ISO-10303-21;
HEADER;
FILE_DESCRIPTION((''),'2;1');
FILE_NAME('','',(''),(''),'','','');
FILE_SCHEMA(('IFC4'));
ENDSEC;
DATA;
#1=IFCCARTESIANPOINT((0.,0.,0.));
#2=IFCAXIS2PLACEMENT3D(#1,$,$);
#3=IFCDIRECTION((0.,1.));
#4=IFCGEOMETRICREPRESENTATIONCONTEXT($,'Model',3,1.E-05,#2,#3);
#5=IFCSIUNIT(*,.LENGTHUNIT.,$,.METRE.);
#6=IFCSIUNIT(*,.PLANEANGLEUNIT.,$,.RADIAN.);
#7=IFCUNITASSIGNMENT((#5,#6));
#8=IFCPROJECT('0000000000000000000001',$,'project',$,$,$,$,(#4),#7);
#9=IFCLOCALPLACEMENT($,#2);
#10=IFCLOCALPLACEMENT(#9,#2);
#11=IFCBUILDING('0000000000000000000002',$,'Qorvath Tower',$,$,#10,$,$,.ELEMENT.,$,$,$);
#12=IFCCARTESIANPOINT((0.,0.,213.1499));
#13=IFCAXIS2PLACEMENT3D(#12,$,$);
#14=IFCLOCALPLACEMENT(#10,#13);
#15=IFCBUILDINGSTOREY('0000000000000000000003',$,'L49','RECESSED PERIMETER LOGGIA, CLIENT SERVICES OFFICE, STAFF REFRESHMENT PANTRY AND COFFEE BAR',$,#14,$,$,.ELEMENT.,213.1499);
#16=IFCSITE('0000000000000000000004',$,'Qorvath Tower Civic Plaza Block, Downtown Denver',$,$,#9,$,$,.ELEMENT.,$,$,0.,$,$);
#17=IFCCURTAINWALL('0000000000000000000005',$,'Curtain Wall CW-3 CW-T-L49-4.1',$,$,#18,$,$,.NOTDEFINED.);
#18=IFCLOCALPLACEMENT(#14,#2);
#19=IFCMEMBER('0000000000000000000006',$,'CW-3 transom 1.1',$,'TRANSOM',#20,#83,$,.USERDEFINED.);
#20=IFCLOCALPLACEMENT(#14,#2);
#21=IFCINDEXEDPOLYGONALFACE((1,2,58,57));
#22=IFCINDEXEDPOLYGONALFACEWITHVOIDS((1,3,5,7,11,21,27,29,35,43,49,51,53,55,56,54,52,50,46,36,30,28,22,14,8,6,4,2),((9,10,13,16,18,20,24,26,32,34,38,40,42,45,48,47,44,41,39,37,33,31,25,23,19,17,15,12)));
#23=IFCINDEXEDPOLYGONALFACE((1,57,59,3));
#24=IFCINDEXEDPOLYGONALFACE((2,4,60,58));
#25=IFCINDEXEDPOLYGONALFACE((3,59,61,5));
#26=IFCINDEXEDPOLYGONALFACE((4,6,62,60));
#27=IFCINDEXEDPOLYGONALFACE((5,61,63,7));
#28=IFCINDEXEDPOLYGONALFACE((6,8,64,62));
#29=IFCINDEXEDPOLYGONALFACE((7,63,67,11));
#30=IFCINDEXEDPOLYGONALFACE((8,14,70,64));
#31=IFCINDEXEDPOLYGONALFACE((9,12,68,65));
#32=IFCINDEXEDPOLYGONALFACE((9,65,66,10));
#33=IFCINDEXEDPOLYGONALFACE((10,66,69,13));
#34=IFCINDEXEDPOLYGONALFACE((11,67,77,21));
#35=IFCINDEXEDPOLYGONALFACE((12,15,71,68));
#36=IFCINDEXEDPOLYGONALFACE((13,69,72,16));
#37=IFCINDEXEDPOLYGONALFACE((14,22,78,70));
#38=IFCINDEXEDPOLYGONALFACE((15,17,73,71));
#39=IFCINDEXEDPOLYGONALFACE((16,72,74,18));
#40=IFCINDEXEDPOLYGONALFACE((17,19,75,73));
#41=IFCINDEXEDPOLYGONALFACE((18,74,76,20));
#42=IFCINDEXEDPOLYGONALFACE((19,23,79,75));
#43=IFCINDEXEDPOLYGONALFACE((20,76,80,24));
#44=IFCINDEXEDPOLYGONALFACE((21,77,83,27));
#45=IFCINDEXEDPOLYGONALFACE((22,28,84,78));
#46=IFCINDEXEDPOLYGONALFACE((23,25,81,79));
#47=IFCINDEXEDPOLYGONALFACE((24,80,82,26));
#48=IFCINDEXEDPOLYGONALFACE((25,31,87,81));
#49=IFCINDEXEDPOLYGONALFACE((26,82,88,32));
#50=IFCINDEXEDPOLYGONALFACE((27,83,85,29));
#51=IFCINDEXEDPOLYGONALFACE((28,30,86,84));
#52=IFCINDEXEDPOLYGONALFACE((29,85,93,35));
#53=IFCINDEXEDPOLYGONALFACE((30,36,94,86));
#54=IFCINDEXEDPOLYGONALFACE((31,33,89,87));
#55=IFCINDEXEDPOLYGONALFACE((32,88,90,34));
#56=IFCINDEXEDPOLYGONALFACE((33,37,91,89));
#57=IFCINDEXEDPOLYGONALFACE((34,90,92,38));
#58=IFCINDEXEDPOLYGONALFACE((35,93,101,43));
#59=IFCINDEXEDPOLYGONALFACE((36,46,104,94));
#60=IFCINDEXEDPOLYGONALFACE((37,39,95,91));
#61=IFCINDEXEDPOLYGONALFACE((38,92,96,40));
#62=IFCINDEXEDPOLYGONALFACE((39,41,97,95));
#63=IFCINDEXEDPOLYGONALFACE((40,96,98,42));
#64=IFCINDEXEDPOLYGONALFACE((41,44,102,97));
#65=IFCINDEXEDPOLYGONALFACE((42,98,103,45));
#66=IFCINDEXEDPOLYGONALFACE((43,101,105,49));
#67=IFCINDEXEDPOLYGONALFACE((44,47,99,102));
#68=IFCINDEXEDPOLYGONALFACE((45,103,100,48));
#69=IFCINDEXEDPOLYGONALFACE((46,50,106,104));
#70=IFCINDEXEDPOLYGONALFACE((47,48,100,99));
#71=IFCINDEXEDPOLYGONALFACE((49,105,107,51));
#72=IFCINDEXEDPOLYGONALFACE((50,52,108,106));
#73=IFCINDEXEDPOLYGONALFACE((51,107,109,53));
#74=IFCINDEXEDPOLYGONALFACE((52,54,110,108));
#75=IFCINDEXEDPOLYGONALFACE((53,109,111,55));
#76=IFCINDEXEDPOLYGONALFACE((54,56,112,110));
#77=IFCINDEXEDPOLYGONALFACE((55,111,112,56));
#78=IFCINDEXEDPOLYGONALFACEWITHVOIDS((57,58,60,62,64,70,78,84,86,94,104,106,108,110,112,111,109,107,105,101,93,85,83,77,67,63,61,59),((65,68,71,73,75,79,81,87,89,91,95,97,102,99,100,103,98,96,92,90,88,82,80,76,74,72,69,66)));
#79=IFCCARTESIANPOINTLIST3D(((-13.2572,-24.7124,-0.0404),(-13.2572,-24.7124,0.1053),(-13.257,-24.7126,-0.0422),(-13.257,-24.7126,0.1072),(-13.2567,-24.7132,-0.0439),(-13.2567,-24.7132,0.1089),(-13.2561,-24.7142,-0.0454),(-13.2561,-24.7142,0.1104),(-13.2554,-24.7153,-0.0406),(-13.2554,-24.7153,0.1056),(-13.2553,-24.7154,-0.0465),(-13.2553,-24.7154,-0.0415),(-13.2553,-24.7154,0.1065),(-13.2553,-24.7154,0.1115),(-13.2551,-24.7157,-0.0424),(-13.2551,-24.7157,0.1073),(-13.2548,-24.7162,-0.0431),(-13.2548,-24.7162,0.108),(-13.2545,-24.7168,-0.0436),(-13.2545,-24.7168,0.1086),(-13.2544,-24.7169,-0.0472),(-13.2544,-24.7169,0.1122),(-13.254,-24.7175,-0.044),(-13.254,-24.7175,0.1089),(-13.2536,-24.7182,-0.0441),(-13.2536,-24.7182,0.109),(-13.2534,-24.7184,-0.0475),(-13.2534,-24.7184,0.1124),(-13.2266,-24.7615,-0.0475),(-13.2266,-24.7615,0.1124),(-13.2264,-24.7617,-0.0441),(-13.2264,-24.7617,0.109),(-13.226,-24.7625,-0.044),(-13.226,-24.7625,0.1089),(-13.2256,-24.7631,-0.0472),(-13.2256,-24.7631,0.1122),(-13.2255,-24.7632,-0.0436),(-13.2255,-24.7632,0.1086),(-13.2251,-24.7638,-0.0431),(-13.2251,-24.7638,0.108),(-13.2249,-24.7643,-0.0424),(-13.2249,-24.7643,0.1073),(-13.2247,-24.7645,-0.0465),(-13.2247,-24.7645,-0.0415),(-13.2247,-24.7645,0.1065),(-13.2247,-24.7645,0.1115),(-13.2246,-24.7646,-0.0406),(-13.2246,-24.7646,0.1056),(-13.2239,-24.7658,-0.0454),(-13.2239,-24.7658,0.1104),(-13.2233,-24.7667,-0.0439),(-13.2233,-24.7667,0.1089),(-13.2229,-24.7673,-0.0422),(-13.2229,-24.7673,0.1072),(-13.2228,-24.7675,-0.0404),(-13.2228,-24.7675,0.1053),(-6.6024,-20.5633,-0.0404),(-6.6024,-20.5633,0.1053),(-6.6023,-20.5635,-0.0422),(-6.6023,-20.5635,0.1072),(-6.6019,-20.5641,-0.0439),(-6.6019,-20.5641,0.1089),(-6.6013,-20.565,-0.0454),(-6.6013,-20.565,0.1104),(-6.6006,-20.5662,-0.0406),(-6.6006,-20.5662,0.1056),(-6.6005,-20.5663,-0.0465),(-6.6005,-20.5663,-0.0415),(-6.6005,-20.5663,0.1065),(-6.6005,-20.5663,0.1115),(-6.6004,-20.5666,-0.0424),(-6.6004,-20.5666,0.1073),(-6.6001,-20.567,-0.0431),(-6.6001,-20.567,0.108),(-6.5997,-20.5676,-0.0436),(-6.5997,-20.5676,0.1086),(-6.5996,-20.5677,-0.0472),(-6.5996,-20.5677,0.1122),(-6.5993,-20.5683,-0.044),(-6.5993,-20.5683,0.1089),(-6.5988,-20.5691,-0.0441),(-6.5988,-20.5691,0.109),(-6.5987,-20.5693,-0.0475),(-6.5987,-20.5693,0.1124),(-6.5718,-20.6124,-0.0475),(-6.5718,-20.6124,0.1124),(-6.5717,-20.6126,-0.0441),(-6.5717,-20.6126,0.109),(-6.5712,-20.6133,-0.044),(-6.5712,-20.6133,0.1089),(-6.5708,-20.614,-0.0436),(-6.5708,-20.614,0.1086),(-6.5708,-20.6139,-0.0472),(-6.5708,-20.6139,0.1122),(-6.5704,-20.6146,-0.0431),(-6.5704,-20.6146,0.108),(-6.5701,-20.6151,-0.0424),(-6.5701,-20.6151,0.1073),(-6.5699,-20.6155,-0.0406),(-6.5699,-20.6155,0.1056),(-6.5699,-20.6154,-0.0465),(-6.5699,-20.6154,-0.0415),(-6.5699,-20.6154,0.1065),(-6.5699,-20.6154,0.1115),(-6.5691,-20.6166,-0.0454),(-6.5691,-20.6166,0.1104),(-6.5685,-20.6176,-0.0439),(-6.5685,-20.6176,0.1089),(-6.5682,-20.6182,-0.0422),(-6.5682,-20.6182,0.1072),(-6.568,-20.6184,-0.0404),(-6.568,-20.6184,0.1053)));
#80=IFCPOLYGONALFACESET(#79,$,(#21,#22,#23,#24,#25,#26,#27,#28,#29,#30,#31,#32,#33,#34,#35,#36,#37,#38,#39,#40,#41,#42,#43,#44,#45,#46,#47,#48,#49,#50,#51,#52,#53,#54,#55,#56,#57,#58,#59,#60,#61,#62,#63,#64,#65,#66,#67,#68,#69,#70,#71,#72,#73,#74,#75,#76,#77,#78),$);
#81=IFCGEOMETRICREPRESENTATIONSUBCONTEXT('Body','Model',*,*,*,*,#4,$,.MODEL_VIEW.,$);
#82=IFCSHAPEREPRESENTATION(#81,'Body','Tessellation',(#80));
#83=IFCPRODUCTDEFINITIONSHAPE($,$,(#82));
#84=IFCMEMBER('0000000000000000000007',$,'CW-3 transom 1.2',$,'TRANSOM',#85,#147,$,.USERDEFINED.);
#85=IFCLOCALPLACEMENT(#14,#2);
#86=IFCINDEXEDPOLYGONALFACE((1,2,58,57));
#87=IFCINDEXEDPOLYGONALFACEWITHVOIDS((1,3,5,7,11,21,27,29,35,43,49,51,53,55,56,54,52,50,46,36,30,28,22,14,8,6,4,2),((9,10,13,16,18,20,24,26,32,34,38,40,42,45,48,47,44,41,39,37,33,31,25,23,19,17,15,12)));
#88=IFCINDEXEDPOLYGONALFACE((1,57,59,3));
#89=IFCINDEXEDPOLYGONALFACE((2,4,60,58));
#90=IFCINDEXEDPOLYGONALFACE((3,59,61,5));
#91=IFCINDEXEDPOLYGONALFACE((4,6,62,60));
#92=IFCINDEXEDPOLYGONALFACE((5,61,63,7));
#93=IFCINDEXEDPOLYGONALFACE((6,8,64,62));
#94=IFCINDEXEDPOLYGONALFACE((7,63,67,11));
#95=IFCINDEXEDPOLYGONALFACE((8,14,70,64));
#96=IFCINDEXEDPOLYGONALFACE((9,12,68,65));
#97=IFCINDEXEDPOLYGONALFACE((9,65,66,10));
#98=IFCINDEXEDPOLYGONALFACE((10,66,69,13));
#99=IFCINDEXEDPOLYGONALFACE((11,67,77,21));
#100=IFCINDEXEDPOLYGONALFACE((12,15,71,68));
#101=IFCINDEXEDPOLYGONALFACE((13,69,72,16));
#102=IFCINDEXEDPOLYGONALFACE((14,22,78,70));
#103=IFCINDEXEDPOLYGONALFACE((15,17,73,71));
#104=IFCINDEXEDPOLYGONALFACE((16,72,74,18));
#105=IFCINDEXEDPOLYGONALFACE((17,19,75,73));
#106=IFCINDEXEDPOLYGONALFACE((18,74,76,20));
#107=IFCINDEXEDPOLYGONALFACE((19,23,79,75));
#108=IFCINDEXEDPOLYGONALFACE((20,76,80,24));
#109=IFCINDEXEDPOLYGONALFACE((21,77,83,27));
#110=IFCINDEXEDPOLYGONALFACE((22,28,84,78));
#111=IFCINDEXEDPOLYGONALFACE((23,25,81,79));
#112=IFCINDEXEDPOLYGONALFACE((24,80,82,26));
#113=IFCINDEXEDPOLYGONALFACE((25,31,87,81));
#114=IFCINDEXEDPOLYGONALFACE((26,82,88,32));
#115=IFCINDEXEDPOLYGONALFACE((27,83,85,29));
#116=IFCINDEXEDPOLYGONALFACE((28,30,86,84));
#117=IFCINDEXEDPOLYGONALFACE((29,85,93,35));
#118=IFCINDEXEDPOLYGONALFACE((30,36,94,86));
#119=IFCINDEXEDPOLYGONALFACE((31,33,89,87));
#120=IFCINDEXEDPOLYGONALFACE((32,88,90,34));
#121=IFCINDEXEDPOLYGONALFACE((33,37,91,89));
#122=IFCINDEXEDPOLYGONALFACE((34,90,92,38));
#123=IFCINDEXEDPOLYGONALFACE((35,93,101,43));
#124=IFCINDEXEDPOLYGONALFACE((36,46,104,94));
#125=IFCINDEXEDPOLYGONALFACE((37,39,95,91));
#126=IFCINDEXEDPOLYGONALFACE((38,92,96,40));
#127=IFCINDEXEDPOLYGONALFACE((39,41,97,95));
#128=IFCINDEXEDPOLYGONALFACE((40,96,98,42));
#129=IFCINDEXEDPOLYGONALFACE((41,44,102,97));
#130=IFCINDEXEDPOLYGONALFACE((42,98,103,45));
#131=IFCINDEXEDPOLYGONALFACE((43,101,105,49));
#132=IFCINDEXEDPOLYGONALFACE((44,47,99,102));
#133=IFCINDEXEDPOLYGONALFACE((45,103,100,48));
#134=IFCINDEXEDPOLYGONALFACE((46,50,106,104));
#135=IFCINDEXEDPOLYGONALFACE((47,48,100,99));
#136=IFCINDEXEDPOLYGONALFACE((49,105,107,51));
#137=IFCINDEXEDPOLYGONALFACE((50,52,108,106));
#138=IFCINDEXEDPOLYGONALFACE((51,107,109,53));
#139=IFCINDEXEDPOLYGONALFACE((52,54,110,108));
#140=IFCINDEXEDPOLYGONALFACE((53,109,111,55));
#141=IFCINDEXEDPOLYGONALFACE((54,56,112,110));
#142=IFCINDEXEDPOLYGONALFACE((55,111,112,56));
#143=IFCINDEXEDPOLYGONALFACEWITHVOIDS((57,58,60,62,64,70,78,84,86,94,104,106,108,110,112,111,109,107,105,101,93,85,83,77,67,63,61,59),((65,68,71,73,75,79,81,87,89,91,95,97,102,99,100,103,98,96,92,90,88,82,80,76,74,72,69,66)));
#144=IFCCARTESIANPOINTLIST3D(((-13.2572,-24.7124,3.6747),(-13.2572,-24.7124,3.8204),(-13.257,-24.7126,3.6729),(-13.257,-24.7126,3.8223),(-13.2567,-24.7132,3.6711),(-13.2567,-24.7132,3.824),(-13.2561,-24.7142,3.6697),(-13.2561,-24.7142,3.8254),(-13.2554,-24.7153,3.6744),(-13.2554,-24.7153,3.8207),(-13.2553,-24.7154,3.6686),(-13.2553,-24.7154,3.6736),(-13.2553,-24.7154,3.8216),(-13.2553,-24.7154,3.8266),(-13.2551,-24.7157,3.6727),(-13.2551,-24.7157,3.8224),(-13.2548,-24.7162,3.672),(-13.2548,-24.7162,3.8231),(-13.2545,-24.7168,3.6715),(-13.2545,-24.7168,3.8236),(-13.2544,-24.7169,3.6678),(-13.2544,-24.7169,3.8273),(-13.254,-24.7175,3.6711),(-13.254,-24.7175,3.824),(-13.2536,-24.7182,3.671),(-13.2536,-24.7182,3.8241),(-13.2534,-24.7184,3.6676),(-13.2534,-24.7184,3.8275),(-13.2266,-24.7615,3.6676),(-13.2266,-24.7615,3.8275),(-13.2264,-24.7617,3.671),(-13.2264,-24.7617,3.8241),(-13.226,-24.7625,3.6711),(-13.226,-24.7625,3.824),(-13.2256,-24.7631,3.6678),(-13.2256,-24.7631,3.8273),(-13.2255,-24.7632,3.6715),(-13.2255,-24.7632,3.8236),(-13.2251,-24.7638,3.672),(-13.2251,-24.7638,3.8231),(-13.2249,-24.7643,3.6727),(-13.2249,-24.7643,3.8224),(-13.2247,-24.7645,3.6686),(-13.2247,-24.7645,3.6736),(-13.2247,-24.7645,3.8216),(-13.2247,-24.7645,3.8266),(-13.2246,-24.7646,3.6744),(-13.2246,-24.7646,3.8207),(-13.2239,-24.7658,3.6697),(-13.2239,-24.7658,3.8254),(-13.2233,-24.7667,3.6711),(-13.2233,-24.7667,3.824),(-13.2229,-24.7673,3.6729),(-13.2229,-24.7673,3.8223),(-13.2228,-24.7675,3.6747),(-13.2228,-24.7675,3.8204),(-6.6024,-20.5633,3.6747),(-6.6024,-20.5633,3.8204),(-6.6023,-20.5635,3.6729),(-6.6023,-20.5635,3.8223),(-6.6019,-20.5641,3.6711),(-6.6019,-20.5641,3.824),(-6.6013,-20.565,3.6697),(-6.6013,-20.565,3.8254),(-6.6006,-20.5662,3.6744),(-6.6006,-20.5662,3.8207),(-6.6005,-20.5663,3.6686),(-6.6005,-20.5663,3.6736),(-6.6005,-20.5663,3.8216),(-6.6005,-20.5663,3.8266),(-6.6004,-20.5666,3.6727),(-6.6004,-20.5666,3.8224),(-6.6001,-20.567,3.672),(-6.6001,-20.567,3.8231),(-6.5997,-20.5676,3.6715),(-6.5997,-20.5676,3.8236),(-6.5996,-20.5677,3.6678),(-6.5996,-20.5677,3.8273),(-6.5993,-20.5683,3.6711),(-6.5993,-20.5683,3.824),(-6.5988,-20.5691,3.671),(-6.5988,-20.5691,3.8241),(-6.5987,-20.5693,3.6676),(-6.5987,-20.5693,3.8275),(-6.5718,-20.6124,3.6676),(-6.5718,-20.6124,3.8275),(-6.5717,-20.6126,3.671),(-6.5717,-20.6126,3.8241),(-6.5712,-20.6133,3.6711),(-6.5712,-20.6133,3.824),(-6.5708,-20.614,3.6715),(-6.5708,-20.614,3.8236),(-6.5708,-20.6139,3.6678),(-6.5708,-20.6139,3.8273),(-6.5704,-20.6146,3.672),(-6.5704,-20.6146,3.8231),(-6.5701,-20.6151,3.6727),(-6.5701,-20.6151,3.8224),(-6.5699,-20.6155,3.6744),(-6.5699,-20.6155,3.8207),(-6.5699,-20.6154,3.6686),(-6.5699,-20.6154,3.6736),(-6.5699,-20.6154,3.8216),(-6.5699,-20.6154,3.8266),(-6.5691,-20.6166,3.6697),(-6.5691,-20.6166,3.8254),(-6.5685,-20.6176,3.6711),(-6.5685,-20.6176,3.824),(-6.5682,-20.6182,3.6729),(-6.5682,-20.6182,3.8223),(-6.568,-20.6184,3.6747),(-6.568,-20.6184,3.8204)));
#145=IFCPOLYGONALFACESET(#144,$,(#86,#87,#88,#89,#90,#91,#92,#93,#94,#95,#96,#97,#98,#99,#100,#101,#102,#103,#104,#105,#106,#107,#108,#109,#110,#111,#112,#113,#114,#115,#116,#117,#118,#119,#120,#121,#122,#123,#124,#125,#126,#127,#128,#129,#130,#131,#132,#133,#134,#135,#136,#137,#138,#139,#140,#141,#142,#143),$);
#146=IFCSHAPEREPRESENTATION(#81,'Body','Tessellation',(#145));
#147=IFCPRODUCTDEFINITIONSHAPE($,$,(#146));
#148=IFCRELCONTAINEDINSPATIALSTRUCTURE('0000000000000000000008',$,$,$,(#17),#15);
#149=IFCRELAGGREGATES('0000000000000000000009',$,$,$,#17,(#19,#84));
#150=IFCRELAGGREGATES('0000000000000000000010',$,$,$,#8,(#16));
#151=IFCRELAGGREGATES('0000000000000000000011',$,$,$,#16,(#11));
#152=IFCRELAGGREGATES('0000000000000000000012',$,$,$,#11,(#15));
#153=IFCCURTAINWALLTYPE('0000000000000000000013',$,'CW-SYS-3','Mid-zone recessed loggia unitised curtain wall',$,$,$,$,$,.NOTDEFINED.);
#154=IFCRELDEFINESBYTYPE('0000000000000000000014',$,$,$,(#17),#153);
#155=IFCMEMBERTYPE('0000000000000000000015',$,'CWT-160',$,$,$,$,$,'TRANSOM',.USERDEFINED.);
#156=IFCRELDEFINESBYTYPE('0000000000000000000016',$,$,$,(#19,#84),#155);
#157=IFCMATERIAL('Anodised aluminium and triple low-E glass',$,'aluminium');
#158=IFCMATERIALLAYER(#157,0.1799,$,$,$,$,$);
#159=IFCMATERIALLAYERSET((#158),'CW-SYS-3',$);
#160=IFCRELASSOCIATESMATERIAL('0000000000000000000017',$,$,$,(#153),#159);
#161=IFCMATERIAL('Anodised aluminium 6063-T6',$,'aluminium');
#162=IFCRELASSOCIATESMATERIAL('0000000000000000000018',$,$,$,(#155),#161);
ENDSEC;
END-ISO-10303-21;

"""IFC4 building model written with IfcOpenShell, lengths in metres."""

from ifc_helpers import new_model, si_unit, direction, frame, origin, origin_2d, place, context, subcontext, project, spatial, hollow_rectangle, extrude, material, layer, layer_set, material_profile, profile_set, type_object, element, aggregate, save


model = new_model("IFC4")

# Units and contexts
model_context = context("Model", 3, precision=1e-05, world=origin(), true_north=direction((0.0, 1.0)))
body_context = subcontext(model_context, "Body", "Model", "MODEL_VIEW")
ifc_project = project(units=[si_unit("LENGTHUNIT", "METRE"), si_unit("PLANEANGLEUNIT", "RADIAN")], contexts=[model_context])

# Site, building, storey
site_placement = place(None, origin())
site = spatial("IfcSite", under=ifc_project, at=site_placement, Name="Qorvath Tower Civic Plaza Block, Downtown Denver", CompositionType="ELEMENT", RefElevation=0.0)
building_placement = place(site_placement, origin())
building = spatial("IfcBuilding", under=site, at=building_placement, Name="Qorvath Tower", CompositionType="ELEMENT")
storey_placement = place(building_placement, frame((0.0, 0.0, 213.1499)))
storey = spatial("IfcBuildingStorey", under=building, at=storey_placement, Name="L49", Description="RECESSED PERIMETER LOGGIA, CLIENT SERVICES OFFICE, STAFF REFRESHMENT PANTRY AND COFFEE BAR", CompositionType="ELEMENT", Elevation=213.1499)

# Shared definitions
ifc_material_1 = material(Name="Anodised aluminium and triple low-E glass", Category="aluminium")
ifc_layer_1 = layer(ifc_material_1, 0.1799)
ifc_layer_set_1 = layer_set([ifc_layer_1], Name="CW-SYS-3")
curtain_wall_type = type_object("IfcCurtainWallType", Name="CW-SYS-3", Description="Mid-zone recessed loggia unitised curtain wall", PredefinedType="NOTDEFINED", material=ifc_layer_set_1)

# Curtain wall
curtain_wall_1_placement = place(storey_placement, origin())
curtain_wall_1 = element("IfcCurtainWall", 1, at=curtain_wall_1_placement, inside=storey, type_object=curtain_wall_type, Name="Curtain Wall CW-3 CW-T-L49-4.1", PredefinedType="NOTDEFINED")

# Members
ifc_material_2 = material(Name="Anodised aluminium 6063-T6", Category="aluminium")
ifc_material_profile_1 = material_profile(ifc_material_2, hollow_rectangle(XDim=0.0649, YDim=0.1599, WallThickness=0.0034, InnerFilletRadius=0.0034, OuterFilletRadius=0.0071, at=origin_2d()), Name="CWT 160x65")
ifc_profile_set_1 = profile_set([ifc_material_profile_1], Name="Anodised aluminium 6063-T6")
member_type_1 = type_object("IfcMemberType", Name="CWT-160", ElementType="TRANSOM", PredefinedType="USERDEFINED", material=ifc_profile_set_1)
member_1_placement = place(storey_placement, frame((-13.24, -24.74, 0.0325), z_axis=(0.848575, 0.529075, 0.0), x_axis=(-0.529075, 0.848575, 0.0)))
member_1 = element("IfcMember", 2, at=member_1_placement, type_object=member_type_1, Name="CW-3 transom 1.1", ObjectType="TRANSOM", PredefinedType="USERDEFINED", context=body_context, shape_type="SweptSolid", body=[
    extrude(hollow_rectangle(XDim=0.0649, YDim=0.1599, WallThickness=0.0034, InnerFilletRadius=0.0034, OuterFilletRadius=0.0071, at=origin_2d()), origin(), (0.0, 0.0, 1.0), 7.8423),
])
member_2_placement = place(storey_placement, frame((-13.24, -24.74, 3.7476), z_axis=(0.848575, 0.529075, 0.0), x_axis=(-0.529075, 0.848575, 0.0)))
member_2 = element("IfcMember", 3, at=member_2_placement, type_object=member_type_1, Name="CW-3 transom 1.2", ObjectType="TRANSOM", PredefinedType="USERDEFINED", context=body_context, shape_type="SweptSolid", body=[
    extrude(hollow_rectangle(XDim=0.0649, YDim=0.1599, WallThickness=0.0034, InnerFilletRadius=0.0034, OuterFilletRadius=0.0071, at=origin_2d()), origin(), (0.0, 0.0, 1.0), 7.8423),
])

aggregate(curtain_wall_1, [member_1, member_2])

save(model, "model.ifc")
